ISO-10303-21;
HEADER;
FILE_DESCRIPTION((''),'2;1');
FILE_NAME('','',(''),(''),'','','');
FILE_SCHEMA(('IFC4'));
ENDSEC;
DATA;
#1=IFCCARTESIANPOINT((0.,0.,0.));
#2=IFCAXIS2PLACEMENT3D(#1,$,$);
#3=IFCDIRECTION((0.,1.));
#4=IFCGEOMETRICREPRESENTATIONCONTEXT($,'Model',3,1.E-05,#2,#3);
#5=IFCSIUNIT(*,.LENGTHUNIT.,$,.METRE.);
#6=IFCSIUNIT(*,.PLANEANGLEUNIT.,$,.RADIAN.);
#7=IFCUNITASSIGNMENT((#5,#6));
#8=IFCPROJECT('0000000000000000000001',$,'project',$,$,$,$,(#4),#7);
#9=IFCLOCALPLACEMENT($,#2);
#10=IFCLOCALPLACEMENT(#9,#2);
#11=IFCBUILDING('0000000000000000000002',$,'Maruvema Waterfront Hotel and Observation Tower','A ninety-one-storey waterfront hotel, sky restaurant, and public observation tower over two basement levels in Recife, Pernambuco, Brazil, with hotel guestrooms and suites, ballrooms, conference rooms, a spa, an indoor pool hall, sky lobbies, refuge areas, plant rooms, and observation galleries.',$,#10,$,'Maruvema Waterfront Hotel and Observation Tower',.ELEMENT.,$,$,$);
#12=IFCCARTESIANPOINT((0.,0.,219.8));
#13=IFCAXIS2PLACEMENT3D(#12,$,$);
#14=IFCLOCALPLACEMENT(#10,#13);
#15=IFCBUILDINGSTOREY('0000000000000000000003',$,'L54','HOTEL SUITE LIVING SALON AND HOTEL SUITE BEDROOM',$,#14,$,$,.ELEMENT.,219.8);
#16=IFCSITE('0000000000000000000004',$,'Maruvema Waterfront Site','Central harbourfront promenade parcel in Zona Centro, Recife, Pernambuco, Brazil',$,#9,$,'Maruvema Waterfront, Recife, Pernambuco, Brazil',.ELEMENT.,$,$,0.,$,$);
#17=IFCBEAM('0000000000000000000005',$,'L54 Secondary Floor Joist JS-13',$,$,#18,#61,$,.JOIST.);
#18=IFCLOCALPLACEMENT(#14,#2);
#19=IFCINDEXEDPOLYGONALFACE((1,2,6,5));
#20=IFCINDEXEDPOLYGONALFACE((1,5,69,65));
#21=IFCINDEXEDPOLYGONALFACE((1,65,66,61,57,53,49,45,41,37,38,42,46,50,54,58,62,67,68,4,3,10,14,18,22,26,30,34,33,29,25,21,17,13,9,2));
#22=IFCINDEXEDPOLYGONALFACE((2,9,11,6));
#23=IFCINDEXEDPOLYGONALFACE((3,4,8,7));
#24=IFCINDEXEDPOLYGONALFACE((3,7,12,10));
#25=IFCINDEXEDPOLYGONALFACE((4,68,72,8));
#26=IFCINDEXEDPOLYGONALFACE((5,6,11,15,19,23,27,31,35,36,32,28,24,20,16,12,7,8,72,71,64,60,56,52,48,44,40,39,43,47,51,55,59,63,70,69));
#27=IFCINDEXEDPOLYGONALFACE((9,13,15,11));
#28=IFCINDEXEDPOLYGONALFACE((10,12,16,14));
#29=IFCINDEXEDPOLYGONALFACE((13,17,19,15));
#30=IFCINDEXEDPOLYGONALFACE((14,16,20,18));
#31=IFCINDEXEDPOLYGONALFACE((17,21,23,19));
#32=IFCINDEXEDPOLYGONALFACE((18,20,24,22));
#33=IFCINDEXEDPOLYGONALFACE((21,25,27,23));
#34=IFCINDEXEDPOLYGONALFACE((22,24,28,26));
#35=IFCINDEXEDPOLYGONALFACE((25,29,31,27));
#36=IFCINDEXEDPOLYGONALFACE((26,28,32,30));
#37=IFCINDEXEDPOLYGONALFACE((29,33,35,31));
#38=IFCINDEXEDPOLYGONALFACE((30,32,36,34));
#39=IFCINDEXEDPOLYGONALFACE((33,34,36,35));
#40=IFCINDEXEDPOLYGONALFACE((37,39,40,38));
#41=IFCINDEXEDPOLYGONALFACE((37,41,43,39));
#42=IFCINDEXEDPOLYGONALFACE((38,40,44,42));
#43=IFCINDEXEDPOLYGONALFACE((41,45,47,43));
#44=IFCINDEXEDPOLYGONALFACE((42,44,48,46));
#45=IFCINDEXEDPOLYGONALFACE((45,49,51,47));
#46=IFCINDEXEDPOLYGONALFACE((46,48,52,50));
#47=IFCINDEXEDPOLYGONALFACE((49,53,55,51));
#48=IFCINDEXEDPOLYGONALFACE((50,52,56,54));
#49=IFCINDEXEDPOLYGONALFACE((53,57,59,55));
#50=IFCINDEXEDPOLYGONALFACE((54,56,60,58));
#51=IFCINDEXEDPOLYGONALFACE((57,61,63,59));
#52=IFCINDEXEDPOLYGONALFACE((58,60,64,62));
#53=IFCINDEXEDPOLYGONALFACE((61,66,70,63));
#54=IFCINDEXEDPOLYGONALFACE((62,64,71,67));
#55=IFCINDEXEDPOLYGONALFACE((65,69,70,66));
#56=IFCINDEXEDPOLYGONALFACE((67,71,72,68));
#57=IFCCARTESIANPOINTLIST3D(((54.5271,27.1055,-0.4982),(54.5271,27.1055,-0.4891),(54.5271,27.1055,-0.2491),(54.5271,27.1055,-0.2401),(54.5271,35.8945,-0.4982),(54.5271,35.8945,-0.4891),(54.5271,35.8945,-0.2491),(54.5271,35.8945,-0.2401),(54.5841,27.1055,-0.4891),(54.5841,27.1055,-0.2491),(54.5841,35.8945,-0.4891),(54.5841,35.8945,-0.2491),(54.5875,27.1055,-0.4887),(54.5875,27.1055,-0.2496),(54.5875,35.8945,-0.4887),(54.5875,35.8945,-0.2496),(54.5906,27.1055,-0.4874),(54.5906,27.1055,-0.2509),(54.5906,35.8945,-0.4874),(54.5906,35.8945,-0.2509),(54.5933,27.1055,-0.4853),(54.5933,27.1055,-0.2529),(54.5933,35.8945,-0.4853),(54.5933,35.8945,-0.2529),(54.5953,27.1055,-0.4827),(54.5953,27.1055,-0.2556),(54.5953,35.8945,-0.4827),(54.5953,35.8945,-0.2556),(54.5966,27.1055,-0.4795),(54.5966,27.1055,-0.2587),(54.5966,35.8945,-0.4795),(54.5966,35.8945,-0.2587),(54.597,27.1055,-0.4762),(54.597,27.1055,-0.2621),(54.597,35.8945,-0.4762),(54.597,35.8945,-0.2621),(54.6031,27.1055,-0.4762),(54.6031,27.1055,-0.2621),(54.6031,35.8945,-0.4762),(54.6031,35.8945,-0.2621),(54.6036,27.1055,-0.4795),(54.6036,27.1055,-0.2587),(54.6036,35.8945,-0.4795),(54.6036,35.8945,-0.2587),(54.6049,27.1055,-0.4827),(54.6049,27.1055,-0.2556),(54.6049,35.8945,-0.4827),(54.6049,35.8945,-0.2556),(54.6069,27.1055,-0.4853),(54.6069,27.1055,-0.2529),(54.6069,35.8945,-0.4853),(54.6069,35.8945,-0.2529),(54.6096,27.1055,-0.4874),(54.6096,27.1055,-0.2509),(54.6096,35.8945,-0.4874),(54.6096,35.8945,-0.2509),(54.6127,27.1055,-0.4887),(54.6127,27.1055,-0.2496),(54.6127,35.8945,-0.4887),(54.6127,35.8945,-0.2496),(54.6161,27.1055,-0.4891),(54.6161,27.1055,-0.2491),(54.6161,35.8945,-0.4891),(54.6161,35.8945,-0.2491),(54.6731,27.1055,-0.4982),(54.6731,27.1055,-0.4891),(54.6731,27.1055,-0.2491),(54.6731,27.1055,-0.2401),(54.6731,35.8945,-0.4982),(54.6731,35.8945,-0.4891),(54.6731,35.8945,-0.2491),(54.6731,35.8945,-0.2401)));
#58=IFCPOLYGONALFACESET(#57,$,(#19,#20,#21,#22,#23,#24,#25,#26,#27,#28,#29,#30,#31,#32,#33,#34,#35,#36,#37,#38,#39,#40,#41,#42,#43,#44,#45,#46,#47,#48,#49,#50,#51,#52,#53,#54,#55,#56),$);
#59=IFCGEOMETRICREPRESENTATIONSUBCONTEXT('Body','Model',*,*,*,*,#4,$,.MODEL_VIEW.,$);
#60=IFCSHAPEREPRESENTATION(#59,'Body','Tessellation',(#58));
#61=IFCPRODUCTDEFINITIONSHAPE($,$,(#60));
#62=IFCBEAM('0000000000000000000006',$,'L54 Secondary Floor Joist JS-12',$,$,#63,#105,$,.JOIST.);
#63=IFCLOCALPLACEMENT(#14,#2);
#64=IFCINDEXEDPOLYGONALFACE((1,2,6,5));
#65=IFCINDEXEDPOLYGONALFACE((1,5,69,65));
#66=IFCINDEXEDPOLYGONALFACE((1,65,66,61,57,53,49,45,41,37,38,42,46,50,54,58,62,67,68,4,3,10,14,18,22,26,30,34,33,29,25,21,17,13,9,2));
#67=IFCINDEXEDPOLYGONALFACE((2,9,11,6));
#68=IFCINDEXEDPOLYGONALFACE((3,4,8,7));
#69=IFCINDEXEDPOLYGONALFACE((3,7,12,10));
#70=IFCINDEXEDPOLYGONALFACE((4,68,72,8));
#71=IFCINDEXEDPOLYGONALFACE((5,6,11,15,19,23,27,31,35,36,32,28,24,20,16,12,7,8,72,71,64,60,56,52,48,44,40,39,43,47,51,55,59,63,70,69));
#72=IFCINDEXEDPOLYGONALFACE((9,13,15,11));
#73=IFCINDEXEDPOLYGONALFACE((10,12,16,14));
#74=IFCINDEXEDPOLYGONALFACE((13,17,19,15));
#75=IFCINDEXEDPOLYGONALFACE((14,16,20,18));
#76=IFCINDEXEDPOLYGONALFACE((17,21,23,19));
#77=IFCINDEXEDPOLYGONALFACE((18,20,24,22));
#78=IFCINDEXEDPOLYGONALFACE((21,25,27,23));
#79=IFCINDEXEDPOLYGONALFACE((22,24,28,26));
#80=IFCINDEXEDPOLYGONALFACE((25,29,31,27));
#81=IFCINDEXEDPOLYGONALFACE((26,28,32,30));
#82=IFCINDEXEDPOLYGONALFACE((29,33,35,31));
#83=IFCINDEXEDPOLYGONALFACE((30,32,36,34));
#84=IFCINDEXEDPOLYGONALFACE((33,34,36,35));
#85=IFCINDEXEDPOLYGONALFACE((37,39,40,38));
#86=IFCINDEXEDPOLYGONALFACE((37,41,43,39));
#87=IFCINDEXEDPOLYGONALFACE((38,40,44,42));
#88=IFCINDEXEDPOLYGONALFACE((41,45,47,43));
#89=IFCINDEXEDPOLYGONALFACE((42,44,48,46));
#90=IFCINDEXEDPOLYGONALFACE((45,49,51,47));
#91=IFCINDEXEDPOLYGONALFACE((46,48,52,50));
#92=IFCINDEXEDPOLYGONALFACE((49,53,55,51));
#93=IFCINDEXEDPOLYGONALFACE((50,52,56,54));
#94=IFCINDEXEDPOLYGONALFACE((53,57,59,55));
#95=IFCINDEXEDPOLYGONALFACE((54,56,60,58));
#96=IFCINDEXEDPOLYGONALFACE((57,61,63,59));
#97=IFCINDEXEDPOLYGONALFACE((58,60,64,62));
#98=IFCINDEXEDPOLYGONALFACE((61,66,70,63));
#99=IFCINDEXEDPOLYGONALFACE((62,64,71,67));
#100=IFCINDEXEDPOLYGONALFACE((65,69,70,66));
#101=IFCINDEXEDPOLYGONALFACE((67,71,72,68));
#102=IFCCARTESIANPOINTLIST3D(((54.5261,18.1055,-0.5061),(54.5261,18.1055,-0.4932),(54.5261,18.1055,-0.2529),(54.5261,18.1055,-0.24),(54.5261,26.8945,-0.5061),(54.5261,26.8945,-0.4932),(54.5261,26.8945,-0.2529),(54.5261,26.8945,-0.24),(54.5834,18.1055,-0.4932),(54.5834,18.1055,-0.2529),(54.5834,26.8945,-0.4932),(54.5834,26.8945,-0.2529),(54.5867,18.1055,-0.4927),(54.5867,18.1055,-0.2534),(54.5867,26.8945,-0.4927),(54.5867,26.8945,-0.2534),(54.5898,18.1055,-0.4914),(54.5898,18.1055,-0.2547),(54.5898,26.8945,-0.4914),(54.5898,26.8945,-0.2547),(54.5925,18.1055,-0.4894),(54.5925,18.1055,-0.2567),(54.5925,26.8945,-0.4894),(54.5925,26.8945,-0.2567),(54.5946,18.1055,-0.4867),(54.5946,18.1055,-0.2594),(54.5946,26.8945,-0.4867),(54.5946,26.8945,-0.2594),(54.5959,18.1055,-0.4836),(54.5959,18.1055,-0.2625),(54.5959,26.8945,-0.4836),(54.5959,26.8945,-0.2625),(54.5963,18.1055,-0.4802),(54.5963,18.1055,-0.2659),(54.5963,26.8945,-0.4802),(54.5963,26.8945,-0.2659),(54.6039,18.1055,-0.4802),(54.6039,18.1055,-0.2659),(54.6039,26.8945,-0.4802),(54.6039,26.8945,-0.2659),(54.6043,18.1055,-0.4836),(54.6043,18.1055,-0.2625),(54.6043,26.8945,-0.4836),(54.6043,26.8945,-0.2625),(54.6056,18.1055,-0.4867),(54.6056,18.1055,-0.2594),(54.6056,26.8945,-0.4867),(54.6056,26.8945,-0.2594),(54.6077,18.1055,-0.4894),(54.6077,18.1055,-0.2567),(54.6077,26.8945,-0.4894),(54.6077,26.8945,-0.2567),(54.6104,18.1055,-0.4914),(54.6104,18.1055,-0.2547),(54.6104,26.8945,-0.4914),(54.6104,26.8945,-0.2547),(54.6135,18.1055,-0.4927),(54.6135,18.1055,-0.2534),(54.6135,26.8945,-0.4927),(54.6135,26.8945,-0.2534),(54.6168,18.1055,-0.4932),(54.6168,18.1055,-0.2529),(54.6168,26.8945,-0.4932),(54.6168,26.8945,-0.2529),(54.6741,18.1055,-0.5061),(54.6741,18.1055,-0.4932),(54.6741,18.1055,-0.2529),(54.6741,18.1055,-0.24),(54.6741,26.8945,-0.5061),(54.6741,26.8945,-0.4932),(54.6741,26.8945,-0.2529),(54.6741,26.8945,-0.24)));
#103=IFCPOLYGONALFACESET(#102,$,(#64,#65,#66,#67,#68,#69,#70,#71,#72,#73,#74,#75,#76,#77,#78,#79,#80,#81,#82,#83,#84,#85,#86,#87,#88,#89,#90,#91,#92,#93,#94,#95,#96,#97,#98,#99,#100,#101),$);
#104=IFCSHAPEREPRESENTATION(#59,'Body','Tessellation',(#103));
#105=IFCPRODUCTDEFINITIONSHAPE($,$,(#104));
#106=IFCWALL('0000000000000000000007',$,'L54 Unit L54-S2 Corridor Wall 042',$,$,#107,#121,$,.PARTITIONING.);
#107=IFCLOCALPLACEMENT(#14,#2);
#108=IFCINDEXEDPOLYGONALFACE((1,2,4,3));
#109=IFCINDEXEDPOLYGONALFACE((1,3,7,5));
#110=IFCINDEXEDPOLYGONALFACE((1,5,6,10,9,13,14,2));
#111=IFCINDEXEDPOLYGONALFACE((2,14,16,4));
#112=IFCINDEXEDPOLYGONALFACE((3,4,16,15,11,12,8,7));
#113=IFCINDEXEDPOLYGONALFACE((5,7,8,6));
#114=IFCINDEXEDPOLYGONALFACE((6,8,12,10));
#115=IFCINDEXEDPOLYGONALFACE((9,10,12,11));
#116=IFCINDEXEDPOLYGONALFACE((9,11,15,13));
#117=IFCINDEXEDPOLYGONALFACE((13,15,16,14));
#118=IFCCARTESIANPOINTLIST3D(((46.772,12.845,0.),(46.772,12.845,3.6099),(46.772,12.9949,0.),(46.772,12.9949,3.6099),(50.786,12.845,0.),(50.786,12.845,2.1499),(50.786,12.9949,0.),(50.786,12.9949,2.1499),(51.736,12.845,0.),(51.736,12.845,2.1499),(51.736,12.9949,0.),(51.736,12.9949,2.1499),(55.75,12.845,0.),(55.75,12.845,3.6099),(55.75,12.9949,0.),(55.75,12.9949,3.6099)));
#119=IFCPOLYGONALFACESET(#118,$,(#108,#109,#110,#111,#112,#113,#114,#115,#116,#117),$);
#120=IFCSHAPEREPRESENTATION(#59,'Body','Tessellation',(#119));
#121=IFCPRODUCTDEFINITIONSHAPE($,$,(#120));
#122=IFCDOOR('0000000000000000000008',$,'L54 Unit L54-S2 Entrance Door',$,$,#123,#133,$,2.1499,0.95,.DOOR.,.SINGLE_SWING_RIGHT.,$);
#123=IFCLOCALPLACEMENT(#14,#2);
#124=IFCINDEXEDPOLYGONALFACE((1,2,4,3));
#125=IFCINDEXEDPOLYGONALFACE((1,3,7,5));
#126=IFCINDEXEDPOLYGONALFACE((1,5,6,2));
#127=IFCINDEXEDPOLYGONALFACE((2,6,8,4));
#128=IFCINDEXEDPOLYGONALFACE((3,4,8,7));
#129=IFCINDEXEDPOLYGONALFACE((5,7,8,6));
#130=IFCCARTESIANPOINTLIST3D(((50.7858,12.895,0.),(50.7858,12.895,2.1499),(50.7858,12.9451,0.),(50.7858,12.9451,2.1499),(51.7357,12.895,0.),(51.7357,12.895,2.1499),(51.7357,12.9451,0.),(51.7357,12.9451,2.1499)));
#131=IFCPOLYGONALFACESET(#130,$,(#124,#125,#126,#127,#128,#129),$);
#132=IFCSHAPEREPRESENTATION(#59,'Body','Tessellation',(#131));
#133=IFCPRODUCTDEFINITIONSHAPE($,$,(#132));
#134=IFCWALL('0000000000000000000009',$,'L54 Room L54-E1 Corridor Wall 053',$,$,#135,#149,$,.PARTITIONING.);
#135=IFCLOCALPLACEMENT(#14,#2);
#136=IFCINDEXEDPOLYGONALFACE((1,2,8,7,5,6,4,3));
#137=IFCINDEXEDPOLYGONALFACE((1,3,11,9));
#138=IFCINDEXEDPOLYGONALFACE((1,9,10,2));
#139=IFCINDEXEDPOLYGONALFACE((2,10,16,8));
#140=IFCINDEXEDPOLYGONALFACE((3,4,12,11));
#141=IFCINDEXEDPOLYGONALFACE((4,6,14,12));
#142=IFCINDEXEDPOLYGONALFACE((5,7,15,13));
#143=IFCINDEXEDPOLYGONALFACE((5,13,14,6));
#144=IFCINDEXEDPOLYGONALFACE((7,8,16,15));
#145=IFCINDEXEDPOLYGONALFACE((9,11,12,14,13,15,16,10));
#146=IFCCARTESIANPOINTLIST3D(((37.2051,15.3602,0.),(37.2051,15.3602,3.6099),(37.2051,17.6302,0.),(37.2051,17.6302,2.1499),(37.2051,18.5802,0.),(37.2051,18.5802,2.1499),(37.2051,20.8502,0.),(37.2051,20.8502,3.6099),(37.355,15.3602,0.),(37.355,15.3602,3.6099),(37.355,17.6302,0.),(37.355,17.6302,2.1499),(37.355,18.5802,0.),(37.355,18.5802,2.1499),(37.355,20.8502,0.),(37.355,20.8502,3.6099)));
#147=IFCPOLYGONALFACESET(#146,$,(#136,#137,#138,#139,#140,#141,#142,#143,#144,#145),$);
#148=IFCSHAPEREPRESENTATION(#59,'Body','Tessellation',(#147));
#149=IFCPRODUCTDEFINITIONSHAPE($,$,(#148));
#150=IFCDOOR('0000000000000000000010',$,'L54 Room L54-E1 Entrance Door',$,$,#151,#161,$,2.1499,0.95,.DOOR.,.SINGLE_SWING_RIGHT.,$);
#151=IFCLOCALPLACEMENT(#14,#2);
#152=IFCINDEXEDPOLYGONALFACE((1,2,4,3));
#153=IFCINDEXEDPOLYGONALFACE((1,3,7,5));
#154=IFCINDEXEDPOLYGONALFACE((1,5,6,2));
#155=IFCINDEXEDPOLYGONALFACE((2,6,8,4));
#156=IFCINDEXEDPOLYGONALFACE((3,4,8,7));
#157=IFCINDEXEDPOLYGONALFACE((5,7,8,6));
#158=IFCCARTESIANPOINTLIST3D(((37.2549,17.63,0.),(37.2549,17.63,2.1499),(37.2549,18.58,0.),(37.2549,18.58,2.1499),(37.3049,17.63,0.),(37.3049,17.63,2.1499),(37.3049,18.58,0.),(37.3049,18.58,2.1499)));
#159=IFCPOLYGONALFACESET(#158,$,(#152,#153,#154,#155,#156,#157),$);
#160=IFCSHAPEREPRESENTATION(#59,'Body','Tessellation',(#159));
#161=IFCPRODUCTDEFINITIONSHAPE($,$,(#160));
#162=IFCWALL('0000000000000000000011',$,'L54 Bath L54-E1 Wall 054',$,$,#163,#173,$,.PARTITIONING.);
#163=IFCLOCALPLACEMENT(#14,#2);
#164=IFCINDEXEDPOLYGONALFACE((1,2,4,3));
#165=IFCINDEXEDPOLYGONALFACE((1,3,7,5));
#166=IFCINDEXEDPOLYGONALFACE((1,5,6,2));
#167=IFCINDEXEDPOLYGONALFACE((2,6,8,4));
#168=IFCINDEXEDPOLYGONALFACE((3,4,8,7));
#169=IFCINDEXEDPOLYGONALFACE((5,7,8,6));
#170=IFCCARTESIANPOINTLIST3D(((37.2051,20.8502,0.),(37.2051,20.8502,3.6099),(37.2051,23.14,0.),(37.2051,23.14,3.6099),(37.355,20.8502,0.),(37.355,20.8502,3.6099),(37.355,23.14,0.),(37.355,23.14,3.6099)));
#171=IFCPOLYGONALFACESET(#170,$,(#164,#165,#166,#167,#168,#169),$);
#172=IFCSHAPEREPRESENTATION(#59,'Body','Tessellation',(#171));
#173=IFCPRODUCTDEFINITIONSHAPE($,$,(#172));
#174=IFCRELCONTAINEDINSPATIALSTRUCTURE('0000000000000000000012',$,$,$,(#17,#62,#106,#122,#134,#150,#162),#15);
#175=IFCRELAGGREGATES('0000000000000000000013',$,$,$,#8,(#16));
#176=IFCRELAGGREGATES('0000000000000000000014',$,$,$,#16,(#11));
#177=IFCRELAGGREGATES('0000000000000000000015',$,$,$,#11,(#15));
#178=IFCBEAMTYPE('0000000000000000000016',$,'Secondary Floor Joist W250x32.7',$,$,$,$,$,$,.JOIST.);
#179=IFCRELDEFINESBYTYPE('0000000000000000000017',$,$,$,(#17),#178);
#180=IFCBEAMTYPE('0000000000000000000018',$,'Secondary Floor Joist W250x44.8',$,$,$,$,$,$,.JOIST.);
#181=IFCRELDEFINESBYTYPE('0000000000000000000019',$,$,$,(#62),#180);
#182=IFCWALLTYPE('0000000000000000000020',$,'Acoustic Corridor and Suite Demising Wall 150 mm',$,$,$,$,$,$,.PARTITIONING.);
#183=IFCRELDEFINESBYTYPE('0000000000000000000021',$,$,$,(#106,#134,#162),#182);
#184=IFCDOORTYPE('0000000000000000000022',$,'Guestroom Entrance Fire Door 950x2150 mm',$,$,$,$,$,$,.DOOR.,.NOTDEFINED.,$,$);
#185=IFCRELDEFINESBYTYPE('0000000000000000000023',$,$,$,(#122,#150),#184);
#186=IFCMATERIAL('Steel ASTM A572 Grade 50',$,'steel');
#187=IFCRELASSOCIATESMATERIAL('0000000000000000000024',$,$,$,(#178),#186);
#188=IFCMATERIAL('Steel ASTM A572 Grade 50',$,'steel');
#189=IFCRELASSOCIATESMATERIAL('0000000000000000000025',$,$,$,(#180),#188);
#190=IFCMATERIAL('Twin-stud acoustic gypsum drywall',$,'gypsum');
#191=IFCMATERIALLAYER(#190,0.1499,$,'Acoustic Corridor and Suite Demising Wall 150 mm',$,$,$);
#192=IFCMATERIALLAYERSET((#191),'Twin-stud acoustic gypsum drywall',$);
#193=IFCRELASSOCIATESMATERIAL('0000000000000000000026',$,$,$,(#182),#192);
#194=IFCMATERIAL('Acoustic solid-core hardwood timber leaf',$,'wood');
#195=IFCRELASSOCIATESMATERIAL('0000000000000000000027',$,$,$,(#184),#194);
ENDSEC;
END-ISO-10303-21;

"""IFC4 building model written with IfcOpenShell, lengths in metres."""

from ifc_helpers import new_model, si_unit, direction, frame, frame_2d, origin, origin_2d, place, context, subcontext, project, spatial, rectangle, i_section, extrude, material, layer, layer_set, material_profile, profile_set, type_object, element, fill, save


model = new_model("IFC4")

# Units and contexts
model_context = context("Model", 3, precision=1e-05, world=origin(), true_north=direction((0.0, 1.0)))
body_context = subcontext(model_context, "Body", "Model", "MODEL_VIEW")
ifc_project = project(units=[si_unit("LENGTHUNIT", "METRE"), si_unit("PLANEANGLEUNIT", "RADIAN")], contexts=[model_context])

# Site, building, storey
site_placement = place(None, origin())
site = spatial("IfcSite", under=ifc_project, at=site_placement, Name="Maruvema Waterfront Site", Description="Central harbourfront promenade parcel in Zona Centro, Recife, Pernambuco, Brazil", LongName="Maruvema Waterfront, Recife, Pernambuco, Brazil", CompositionType="ELEMENT", RefElevation=0.0)
building_placement = place(site_placement, origin())
building = spatial("IfcBuilding", under=site, at=building_placement, Name="Maruvema Waterfront Hotel and Observation Tower", Description="A ninety-one-storey waterfront hotel, sky restaurant, and public observation tower over two basement levels in Recife, Pernambuco, Brazil, with hotel guestrooms and suites, ballrooms, conference rooms, a spa, an indoor pool hall, sky lobbies, refuge areas, plant rooms, and observation galleries.", LongName="Maruvema Waterfront Hotel and Observation Tower", CompositionType="ELEMENT")
storey_placement = place(building_placement, frame((0.0, 0.0, 219.8)))
storey = spatial("IfcBuildingStorey", under=building, at=storey_placement, Name="L54", Description="HOTEL SUITE LIVING SALON AND HOTEL SUITE BEDROOM", CompositionType="ELEMENT", Elevation=219.8)

# Beams
ifc_material_1 = material(Name="Steel ASTM A572 Grade 50", Category="steel")
ifc_material_profile_1 = material_profile(ifc_material_1, i_section(OverallWidth=0.146, OverallDepth=0.2581, WebThickness=0.0061, FlangeThickness=0.009, FilletRadius=0.0129, at=origin_2d()), Name="W250x32.7")
ifc_profile_set_1 = profile_set([ifc_material_profile_1], Name="Steel ASTM A572 Grade 50")
beam_type_1 = type_object("IfcBeamType", Name="Secondary Floor Joist W250x32.7", PredefinedType="JOIST", material=ifc_profile_set_1)
beam_1_placement = place(storey_placement, frame((54.6001, 27.1055, -0.3691), z_axis=(0.0, 1.0, 0.0), x_axis=(-1.0, 0.0, 0.0)))
element("IfcBeam", 1, at=beam_1_placement, inside=storey, type_object=beam_type_1, Name="L54 Secondary Floor Joist JS-13", PredefinedType="JOIST", context=body_context, shape_type="SweptSolid", body=[
    extrude(i_section(OverallWidth=0.146, OverallDepth=0.2581, WebThickness=0.0061, FlangeThickness=0.009, FilletRadius=0.0129, at=origin_2d()), origin(), (0.0, 0.0, 1.0), 8.7891),
])
ifc_material_2 = material(Name="Steel ASTM A572 Grade 50", Category="steel")
ifc_material_profile_2 = material_profile(ifc_material_2, i_section(OverallWidth=0.1479, OverallDepth=0.2661, WebThickness=0.0076, FlangeThickness=0.0129, FilletRadius=0.0129, at=origin_2d()), Name="W250x44.8")
ifc_profile_set_2 = profile_set([ifc_material_profile_2], Name="Steel ASTM A572 Grade 50")
beam_type_2 = type_object("IfcBeamType", Name="Secondary Floor Joist W250x44.8", PredefinedType="JOIST", material=ifc_profile_set_2)
beam_2_placement = place(storey_placement, frame((54.6001, 18.1055, -0.373), z_axis=(0.0, 1.0, 0.0), x_axis=(-1.0, 0.0, 0.0)))
element("IfcBeam", 2, at=beam_2_placement, inside=storey, type_object=beam_type_2, Name="L54 Secondary Floor Joist JS-12", PredefinedType="JOIST", context=body_context, shape_type="SweptSolid", body=[
    extrude(i_section(OverallWidth=0.1479, OverallDepth=0.2661, WebThickness=0.0076, FlangeThickness=0.0129, FilletRadius=0.0129, at=origin_2d()), origin(), (0.0, 0.0, 1.0), 8.7891),
])

# Walls, openings, doors
ifc_material_3 = material(Name="Twin-stud acoustic gypsum drywall", Category="gypsum")
ifc_layer_1 = layer(ifc_material_3, 0.1499, Name="Acoustic Corridor and Suite Demising Wall 150 mm")
ifc_layer_set_1 = layer_set([ifc_layer_1], Name="Twin-stud acoustic gypsum drywall")
wall_type_1 = type_object("IfcWallType", Name="Acoustic Corridor and Suite Demising Wall 150 mm", PredefinedType="PARTITIONING", material=ifc_layer_set_1)
wall_1_placement = place(storey_placement, frame((46.772, 12.9199, 0.0), z_axis=(0.0, 0.0, 1.0), x_axis=(1.0, 0.0, 0.0)))
wall_1 = element("IfcWall", 3, at=wall_1_placement, inside=storey, type_object=wall_type_1, Name="L54 Unit L54-S2 Corridor Wall 042", PredefinedType="PARTITIONING", context=body_context, shape_type="SweptSolid", body=[
    extrude(rectangle(XDim=8.978, YDim=0.1499, at=frame_2d((4.489, 0.0))), origin(), (0.0, 0.0, 1.0), 3.6099),
])
opening_1_placement = place(wall_1_placement, frame((4.0139, 0.0, 0.0)))
opening_1 = element("IfcOpeningElement", 4, at=opening_1_placement, cuts=wall_1, PredefinedType="OPENING", context=body_context, shape_type="SweptSolid", body=[
    extrude(rectangle(XDim=0.95, YDim=2.1499, at=frame_2d((0.4751, 1.075))), frame((0.0, 0.085, 0.0), z_axis=(0.0, -1.0, 0.0), x_axis=(1.0, 0.0, 0.0)), (0.0, 0.0, 1.0), 0.1699),
])
ifc_material_4 = material(Name="Acoustic solid-core hardwood timber leaf", Category="wood")
door_type_1 = type_object("IfcDoorType", Name="Guestroom Entrance Fire Door 950x2150 mm", OperationType="NOTDEFINED", PredefinedType="DOOR", material=ifc_material_4)
door_1_placement = place(opening_1_placement, frame((0.95, 0.0, 0.0), z_axis=(0.0, 0.0, 1.0), x_axis=(-1.0, 0.0, 0.0)))
door_1 = element("IfcDoor", 5, at=door_1_placement, inside=storey, type_object=door_type_1, Name="L54 Unit L54-S2 Entrance Door", OperationType="SINGLE_SWING_RIGHT", OverallHeight=2.1499, OverallWidth=0.95, PredefinedType="DOOR", context=body_context, shape_type="SweptSolid", body=[
    extrude(rectangle(XDim=0.95, YDim=2.1499, at=frame_2d((0.4751, 1.075))), frame((0.0, 0.0249, 0.0), z_axis=(0.0, -1.0, 0.0), x_axis=(1.0, 0.0, 0.0)), (0.0, 0.0, 1.0), 0.05),
])
fill(opening_1, door_1)
wall_2_placement = place(storey_placement, frame((37.28, 15.3601, 0.0), z_axis=(0.0, 0.0, 1.0), x_axis=(0.0, 1.0, 0.0)))
wall_2 = element("IfcWall", 6, at=wall_2_placement, inside=storey, type_object=wall_type_1, Name="L54 Room L54-E1 Corridor Wall 053", PredefinedType="PARTITIONING", context=body_context, shape_type="SweptSolid", body=[
    extrude(rectangle(XDim=5.49, YDim=0.1499, at=frame_2d((2.7451, 0.0))), origin(), (0.0, 0.0, 1.0), 3.6099),
])
opening_2_placement = place(wall_2_placement, frame((2.27, 0.0, 0.0)))
opening_2 = element("IfcOpeningElement", 7, at=opening_2_placement, cuts=wall_2, PredefinedType="OPENING", context=body_context, shape_type="SweptSolid", body=[
    extrude(rectangle(XDim=0.95, YDim=2.1499, at=frame_2d((0.4751, 1.075))), frame((0.0, 0.085, 0.0), z_axis=(0.0, -1.0, 0.0), x_axis=(1.0, 0.0, 0.0)), (0.0, 0.0, 1.0), 0.1699),
])
door_2_placement = place(opening_2_placement, frame((0.95, 0.0, 0.0), z_axis=(0.0, 0.0, 1.0), x_axis=(-1.0, 0.0, 0.0)))
door_2 = element("IfcDoor", 8, at=door_2_placement, inside=storey, type_object=door_type_1, Name="L54 Room L54-E1 Entrance Door", OperationType="SINGLE_SWING_RIGHT", OverallHeight=2.1499, OverallWidth=0.95, PredefinedType="DOOR", context=body_context, shape_type="SweptSolid", body=[
    extrude(rectangle(XDim=0.95, YDim=2.1499, at=frame_2d((0.4751, 1.075))), frame((0.0, 0.0249, 0.0), z_axis=(0.0, -1.0, 0.0), x_axis=(1.0, 0.0, 0.0)), (0.0, 0.0, 1.0), 0.05),
])
fill(opening_2, door_2)

# Wall
wall_3_placement = place(storey_placement, frame((37.28, 20.8501, 0.0), z_axis=(0.0, 0.0, 1.0), x_axis=(0.0, 1.0, 0.0)))
element("IfcWall", 9, at=wall_3_placement, inside=storey, type_object=wall_type_1, Name="L54 Bath L54-E1 Wall 054", PredefinedType="PARTITIONING", context=body_context, shape_type="SweptSolid", body=[
    extrude(rectangle(XDim=2.2898, YDim=0.1499, at=frame_2d((1.145, 0.0))), origin(), (0.0, 0.0, 1.0), 3.6099),
])

save(model, "model.ifc")
